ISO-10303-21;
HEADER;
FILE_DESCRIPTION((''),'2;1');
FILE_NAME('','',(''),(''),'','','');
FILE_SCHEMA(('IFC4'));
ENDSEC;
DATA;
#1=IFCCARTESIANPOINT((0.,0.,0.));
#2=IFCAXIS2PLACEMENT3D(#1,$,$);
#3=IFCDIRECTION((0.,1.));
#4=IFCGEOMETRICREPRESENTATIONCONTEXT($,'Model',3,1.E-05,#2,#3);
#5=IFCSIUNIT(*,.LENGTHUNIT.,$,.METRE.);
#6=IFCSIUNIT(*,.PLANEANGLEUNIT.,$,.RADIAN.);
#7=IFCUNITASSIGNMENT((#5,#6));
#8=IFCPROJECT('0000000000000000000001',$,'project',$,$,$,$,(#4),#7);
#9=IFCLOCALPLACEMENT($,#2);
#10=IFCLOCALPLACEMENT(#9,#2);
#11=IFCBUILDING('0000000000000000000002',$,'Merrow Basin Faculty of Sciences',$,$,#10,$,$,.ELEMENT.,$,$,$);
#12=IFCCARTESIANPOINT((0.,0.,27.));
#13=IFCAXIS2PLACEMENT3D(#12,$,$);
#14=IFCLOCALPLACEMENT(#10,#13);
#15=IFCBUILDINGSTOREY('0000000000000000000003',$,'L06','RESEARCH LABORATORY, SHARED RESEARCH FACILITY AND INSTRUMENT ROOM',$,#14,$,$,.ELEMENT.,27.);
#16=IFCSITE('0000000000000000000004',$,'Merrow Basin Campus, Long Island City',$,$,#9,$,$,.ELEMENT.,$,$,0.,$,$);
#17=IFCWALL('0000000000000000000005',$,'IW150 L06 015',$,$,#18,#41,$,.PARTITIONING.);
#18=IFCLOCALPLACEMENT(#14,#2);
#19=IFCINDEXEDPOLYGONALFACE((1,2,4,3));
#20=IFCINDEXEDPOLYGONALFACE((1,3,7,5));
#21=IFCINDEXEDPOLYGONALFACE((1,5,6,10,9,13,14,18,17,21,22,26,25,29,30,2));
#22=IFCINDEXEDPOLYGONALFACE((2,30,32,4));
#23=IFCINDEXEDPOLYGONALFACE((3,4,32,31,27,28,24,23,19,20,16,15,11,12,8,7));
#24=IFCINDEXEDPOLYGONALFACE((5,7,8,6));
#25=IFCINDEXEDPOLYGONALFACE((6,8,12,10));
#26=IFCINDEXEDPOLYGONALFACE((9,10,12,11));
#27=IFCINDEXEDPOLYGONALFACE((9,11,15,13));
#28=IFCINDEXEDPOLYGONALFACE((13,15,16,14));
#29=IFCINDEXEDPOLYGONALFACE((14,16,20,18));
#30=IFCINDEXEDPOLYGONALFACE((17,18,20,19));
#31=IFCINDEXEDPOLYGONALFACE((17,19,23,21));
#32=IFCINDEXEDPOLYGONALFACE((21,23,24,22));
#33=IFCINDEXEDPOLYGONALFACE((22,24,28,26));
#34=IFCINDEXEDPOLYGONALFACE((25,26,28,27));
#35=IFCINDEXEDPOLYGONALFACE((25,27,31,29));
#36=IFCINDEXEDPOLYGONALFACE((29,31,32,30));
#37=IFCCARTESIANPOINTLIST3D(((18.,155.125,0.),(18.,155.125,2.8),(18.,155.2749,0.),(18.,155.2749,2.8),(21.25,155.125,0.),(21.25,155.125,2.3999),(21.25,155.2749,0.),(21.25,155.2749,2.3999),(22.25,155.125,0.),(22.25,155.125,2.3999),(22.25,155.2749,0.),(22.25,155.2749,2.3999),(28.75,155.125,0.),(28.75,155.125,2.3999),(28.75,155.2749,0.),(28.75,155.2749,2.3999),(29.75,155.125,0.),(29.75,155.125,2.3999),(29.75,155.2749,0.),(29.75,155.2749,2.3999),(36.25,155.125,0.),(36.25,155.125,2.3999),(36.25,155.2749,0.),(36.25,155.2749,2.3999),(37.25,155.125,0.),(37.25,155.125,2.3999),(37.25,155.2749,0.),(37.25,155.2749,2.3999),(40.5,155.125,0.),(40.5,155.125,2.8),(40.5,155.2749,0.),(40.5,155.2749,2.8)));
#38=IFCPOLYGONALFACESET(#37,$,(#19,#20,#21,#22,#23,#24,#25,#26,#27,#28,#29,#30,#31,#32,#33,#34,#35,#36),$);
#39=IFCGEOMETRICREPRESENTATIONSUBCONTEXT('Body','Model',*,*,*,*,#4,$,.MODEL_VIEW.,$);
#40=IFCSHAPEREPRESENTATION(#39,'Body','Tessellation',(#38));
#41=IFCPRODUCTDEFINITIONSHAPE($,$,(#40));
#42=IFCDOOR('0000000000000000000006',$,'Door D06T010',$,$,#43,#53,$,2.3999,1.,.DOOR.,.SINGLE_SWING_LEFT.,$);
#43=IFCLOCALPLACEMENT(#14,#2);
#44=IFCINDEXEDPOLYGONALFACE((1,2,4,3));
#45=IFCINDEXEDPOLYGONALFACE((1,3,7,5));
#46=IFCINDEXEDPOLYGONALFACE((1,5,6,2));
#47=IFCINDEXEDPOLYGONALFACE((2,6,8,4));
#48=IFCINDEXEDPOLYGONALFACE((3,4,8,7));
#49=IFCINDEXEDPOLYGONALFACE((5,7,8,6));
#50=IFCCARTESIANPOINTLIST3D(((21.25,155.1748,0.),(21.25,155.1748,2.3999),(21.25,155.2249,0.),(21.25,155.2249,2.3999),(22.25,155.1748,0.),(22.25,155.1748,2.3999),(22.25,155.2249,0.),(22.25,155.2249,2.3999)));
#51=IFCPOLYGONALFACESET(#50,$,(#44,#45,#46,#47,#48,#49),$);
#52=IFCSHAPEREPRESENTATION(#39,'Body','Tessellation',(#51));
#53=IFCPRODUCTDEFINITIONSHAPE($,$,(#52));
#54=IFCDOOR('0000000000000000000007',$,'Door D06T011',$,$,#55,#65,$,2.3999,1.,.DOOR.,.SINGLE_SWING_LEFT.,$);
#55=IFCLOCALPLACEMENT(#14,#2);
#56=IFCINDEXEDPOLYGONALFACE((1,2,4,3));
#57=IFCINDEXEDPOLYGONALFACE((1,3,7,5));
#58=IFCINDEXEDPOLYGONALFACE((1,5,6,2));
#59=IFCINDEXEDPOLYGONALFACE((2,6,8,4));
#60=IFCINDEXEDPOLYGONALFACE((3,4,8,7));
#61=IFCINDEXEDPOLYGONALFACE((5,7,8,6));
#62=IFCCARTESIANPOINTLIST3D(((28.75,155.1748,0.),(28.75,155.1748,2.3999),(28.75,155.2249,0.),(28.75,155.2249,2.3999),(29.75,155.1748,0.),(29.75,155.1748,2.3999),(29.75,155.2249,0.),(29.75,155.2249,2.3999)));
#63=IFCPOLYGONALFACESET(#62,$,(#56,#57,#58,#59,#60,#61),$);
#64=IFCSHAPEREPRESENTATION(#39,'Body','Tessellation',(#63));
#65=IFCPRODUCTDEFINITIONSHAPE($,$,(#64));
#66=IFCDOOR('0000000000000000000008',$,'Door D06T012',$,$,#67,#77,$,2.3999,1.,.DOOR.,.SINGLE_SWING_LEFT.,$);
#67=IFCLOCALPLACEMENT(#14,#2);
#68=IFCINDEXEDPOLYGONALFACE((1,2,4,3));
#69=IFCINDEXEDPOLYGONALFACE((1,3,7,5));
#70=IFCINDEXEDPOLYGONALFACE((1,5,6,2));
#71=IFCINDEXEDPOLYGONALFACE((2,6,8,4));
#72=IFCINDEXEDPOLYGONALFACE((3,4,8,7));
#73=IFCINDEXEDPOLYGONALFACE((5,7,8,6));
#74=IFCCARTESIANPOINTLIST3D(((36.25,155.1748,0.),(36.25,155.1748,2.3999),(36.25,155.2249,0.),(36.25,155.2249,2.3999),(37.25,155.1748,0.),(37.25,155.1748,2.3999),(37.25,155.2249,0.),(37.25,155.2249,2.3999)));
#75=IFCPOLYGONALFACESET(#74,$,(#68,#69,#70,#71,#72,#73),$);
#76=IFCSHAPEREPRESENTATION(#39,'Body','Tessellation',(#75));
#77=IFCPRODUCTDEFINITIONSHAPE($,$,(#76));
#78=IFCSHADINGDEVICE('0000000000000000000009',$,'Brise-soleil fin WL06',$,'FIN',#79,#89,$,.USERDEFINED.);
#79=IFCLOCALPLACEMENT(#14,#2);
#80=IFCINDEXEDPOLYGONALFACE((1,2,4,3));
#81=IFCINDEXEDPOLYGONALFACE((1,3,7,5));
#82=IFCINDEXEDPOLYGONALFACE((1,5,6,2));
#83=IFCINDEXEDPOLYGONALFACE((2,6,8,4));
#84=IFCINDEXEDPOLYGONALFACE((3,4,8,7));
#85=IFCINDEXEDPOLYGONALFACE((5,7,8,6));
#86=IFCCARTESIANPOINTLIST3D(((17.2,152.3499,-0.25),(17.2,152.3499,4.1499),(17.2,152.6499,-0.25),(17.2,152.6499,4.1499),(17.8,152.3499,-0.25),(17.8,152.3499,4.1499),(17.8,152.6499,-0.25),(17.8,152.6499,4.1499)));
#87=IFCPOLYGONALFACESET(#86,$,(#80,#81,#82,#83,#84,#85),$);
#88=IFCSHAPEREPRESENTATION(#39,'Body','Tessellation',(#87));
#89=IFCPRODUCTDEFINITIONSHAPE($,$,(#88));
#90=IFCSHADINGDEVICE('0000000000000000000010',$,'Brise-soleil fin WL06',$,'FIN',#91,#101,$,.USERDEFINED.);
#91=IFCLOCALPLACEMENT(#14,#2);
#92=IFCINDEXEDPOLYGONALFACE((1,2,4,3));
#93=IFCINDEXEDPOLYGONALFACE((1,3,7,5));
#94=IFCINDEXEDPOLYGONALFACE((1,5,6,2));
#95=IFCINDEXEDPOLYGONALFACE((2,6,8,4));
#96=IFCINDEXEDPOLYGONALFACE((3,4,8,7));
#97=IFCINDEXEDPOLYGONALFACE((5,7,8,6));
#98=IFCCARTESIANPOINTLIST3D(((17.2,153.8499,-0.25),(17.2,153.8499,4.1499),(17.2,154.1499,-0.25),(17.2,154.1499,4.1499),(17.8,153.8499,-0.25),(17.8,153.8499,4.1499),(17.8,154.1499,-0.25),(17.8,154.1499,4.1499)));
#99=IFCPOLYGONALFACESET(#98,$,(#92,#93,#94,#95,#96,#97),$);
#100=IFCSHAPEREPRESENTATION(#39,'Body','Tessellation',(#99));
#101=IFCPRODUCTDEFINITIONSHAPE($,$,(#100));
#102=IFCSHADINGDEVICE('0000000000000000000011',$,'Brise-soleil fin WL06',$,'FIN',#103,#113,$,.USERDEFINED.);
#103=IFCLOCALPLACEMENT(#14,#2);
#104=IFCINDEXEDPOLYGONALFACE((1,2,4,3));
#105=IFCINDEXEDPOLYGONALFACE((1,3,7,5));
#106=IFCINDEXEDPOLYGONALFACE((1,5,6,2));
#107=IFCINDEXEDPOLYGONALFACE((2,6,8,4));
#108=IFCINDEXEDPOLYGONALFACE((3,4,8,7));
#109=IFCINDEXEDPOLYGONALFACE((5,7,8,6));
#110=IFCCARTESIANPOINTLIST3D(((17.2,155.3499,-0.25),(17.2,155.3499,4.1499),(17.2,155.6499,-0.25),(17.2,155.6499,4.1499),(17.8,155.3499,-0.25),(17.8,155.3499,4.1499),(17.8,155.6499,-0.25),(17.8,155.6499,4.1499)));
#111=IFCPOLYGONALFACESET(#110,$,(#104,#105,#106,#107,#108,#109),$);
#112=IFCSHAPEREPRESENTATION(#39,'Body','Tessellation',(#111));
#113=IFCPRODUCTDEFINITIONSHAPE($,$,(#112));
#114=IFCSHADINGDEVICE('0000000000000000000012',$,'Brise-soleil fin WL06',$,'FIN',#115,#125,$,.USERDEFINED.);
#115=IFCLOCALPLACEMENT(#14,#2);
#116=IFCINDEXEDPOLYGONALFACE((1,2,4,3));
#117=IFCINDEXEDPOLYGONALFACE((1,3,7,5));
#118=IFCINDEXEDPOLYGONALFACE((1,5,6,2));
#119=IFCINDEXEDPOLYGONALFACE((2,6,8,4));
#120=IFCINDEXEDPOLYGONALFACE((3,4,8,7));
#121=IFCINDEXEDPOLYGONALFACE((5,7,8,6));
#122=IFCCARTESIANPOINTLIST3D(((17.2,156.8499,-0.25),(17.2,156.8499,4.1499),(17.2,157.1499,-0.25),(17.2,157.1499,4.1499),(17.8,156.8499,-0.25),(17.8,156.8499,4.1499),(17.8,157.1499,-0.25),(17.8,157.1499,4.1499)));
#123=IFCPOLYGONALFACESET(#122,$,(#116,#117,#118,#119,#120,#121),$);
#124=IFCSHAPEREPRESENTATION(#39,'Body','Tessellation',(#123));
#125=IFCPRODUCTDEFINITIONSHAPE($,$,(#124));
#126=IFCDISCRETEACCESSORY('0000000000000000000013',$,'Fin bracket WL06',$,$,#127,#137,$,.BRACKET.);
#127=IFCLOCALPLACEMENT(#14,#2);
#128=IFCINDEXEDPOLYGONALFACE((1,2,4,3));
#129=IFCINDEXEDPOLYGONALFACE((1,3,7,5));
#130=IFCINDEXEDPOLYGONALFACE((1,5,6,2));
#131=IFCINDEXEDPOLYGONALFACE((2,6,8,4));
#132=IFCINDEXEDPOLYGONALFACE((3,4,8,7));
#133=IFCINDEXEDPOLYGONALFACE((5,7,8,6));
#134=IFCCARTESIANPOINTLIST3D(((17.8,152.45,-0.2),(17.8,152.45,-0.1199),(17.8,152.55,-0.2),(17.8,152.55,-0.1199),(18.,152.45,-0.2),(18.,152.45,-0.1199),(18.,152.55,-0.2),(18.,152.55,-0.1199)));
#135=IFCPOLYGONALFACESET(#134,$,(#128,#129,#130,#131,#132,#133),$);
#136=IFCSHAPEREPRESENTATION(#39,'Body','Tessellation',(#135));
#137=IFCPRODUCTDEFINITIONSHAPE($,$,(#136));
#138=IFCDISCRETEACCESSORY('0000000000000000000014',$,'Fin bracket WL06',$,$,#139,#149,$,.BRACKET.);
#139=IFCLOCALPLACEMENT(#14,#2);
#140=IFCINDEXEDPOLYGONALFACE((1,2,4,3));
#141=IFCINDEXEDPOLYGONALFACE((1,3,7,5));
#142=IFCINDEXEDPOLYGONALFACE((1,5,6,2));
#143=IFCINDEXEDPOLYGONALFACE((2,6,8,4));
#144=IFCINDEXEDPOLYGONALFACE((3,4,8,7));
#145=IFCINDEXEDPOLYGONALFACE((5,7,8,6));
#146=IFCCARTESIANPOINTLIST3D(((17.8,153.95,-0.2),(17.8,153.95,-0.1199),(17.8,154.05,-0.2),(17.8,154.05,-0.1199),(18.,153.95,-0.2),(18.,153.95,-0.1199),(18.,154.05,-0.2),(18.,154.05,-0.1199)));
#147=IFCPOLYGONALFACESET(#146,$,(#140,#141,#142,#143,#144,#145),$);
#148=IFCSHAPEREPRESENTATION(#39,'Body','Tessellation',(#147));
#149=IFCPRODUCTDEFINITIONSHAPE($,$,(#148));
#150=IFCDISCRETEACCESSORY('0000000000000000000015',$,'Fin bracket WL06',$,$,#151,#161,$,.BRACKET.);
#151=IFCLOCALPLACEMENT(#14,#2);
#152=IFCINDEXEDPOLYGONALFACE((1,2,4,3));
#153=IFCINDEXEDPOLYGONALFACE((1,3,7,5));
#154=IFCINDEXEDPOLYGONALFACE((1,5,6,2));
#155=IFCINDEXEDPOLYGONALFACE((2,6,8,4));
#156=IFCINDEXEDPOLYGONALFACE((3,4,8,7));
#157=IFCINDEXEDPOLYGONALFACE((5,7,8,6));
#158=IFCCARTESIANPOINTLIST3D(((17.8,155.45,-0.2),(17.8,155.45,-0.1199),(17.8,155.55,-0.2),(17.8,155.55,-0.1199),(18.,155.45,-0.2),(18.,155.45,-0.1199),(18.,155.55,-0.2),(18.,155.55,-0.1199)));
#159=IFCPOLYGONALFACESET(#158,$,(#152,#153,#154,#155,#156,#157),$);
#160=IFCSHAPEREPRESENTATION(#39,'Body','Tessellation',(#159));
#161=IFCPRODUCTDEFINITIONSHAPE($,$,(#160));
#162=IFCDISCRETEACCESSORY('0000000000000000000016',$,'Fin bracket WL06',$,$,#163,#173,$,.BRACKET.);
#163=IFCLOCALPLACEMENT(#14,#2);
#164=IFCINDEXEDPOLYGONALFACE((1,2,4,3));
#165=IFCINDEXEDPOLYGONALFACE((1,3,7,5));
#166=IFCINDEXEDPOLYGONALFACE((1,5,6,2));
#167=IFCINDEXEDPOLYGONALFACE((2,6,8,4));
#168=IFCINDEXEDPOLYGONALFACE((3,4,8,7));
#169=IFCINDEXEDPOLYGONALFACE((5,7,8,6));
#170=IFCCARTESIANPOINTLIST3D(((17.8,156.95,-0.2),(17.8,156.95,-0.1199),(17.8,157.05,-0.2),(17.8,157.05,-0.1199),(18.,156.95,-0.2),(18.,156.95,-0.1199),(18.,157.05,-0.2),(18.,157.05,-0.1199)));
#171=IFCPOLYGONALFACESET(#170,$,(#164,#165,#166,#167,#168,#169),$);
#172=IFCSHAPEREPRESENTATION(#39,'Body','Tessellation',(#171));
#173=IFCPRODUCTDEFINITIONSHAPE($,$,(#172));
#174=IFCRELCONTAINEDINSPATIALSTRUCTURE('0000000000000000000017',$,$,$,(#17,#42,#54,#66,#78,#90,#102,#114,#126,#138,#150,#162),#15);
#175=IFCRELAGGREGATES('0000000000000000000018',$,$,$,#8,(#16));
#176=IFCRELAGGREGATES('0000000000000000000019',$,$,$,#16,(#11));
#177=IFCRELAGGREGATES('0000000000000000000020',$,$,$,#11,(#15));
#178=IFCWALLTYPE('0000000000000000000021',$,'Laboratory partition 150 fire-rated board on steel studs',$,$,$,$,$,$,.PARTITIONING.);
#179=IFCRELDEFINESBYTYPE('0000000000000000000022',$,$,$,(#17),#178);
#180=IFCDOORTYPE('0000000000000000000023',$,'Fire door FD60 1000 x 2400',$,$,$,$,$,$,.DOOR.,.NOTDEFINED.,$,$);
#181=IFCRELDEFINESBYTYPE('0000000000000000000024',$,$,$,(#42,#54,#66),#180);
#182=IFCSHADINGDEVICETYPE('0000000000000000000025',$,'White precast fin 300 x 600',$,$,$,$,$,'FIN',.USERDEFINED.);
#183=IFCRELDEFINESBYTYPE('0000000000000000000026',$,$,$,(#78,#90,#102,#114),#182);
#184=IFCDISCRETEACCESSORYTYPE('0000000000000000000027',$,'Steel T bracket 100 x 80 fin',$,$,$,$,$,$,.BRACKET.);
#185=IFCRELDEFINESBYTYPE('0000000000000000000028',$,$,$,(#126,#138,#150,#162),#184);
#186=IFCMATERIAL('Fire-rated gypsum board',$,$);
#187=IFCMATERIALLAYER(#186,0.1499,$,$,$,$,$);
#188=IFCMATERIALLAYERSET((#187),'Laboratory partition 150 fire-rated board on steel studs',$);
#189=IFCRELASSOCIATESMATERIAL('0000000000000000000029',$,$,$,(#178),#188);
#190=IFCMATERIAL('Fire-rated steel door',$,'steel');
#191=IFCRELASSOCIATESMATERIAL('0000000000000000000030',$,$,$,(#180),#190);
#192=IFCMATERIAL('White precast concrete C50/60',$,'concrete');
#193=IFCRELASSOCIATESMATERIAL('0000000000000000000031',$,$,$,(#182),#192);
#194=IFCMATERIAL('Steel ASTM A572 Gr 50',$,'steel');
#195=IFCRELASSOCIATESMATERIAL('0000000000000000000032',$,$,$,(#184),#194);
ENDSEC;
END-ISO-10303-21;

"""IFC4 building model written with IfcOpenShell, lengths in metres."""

from ifc_helpers import new_model, si_unit, direction, frame, frame_2d, origin, place, context, subcontext, project, spatial, polyline, rectangle, outline, extrude, source, transform, mapped, material, layer, layer_set, type_object, element, fill, save


model = new_model("IFC4")

# Units and contexts
model_context = context("Model", 3, precision=1e-05, world=origin(), true_north=direction((0.0, 1.0)))
body_context = subcontext(model_context, "Body", "Model", "MODEL_VIEW")
ifc_project = project(units=[si_unit("LENGTHUNIT", "METRE"), si_unit("PLANEANGLEUNIT", "RADIAN")], contexts=[model_context])

# Site, building, storey
site_placement = place(None, origin())
site = spatial("IfcSite", under=ifc_project, at=site_placement, Name="Merrow Basin Campus, Long Island City", CompositionType="ELEMENT", RefElevation=0.0)
building_placement = place(site_placement, origin())
building = spatial("IfcBuilding", under=site, at=building_placement, Name="Merrow Basin Faculty of Sciences", CompositionType="ELEMENT")
storey_placement = place(building_placement, frame((0.0, 0.0, 27.0)))
storey = spatial("IfcBuildingStorey", under=building, at=storey_placement, Name="L06", Description="RESEARCH LABORATORY, SHARED RESEARCH FACILITY AND INSTRUMENT ROOM", CompositionType="ELEMENT", Elevation=27.0)

# Wall, openings, doors
ifc_material_1 = material(Name="Fire-rated gypsum board")
ifc_layer_1 = layer(ifc_material_1, 0.1499)
ifc_layer_set_1 = layer_set([ifc_layer_1], Name="Laboratory partition 150 fire-rated board on steel studs")
wall_type = type_object("IfcWallType", Name="Laboratory partition 150 fire-rated board on steel studs", PredefinedType="PARTITIONING", material=ifc_layer_set_1)
wall_placement = place(storey_placement, frame((18.0, 155.2, 0.0), z_axis=(0.0, 0.0, 1.0), x_axis=(1.0, 0.0, 0.0)))
wall = element("IfcWall", 1, at=wall_placement, inside=storey, type_object=wall_type, Name="IW150 L06 015", PredefinedType="PARTITIONING", context=body_context, shape_type="SweptSolid", body=[
    extrude(rectangle(XDim=22.5, YDim=0.1499, at=frame_2d((11.25, 0.0))), origin(), (0.0, 0.0, 1.0), 2.8),
])
opening_1_placement = place(wall_placement, frame((3.25, 0.0, 0.0)))
opening_1 = element("IfcOpeningElement", 2, at=opening_1_placement, cuts=wall, PredefinedType="OPENING", context=body_context, shape_type="SweptSolid", body=[
    extrude(rectangle(XDim=1.0, YDim=2.3999, at=frame_2d((0.5, 1.2))), frame((0.0, 0.085, 0.0), z_axis=(0.0, -1.0, 0.0), x_axis=(1.0, 0.0, 0.0)), (0.0, 0.0, 1.0), 0.1699),
])
opening_2_placement = place(wall_placement, frame((10.75, 0.0, 0.0)))
opening_2 = element("IfcOpeningElement", 3, at=opening_2_placement, cuts=wall, PredefinedType="OPENING", context=body_context, shape_type="SweptSolid", body=[
    extrude(rectangle(XDim=1.0, YDim=2.3999, at=frame_2d((0.5, 1.2))), frame((0.0, 0.085, 0.0), z_axis=(0.0, -1.0, 0.0), x_axis=(1.0, 0.0, 0.0)), (0.0, 0.0, 1.0), 0.1699),
])
opening_3_placement = place(wall_placement, frame((18.25, 0.0, 0.0)))
opening_3 = element("IfcOpeningElement", 4, at=opening_3_placement, cuts=wall, PredefinedType="OPENING", context=body_context, shape_type="SweptSolid", body=[
    extrude(rectangle(XDim=1.0, YDim=2.3999, at=frame_2d((0.5, 1.2))), frame((0.0, 0.085, 0.0), z_axis=(0.0, -1.0, 0.0), x_axis=(1.0, 0.0, 0.0)), (0.0, 0.0, 1.0), 0.1699),
])
ifc_material_2 = material(Name="Fire-rated steel door", Category="steel")
door_type = type_object("IfcDoorType", Name="Fire door FD60 1000 x 2400", OperationType="NOTDEFINED", PredefinedType="DOOR", material=ifc_material_2)
door_1_placement = place(opening_1_placement, origin())
door_1 = element("IfcDoor", 5, at=door_1_placement, inside=storey, type_object=door_type, Name="Door D06T010", OperationType="SINGLE_SWING_LEFT", OverallHeight=2.3999, OverallWidth=1.0, PredefinedType="DOOR", context=body_context, shape_type="SweptSolid", body=[
    extrude(rectangle(XDim=1.0, YDim=2.3999, at=frame_2d((0.5, 1.2))), frame((0.0, 0.0249, 0.0), z_axis=(0.0, -1.0, 0.0), x_axis=(1.0, 0.0, 0.0)), (0.0, 0.0, 1.0), 0.05),
])
fill(opening_1, door_1)
door_2_placement = place(opening_2_placement, origin())
door_2 = element("IfcDoor", 6, at=door_2_placement, inside=storey, type_object=door_type, Name="Door D06T011", OperationType="SINGLE_SWING_LEFT", OverallHeight=2.3999, OverallWidth=1.0, PredefinedType="DOOR", context=body_context, shape_type="SweptSolid", body=[
    extrude(rectangle(XDim=1.0, YDim=2.3999, at=frame_2d((0.5, 1.2))), frame((0.0, 0.0249, 0.0), z_axis=(0.0, -1.0, 0.0), x_axis=(1.0, 0.0, 0.0)), (0.0, 0.0, 1.0), 0.05),
])
fill(opening_2, door_2)
door_3_placement = place(opening_3_placement, origin())
door_3 = element("IfcDoor", 7, at=door_3_placement, inside=storey, type_object=door_type, Name="Door D06T012", OperationType="SINGLE_SWING_LEFT", OverallHeight=2.3999, OverallWidth=1.0, PredefinedType="DOOR", context=body_context, shape_type="SweptSolid", body=[
    extrude(rectangle(XDim=1.0, YDim=2.3999, at=frame_2d((0.5, 1.2))), frame((0.0, 0.0249, 0.0), z_axis=(0.0, -1.0, 0.0), x_axis=(1.0, 0.0, 0.0)), (0.0, 0.0, 1.0), 0.05),
])
fill(opening_3, door_3)

# Shading devices
ifc_material_3 = material(Name="White precast concrete C50/60", Category="concrete")
shading_device_type = type_object("IfcShadingDeviceType", Name="White precast fin 300 x 600", ElementType="FIN", PredefinedType="USERDEFINED", material=ifc_material_3)
shared_shape_1 = source(origin(), body_context, "Body", "SweptSolid", [
    extrude(outline(polyline([(0.0, 0.0), (0.3, 0.0), (0.3, 4.3999), (0.0, 4.3999), (0.0, 0.0)])), origin(), (0.0, 0.0, 1.0), 0.6001),
])
for number, where, z_axis, x_axis, name in (
    (8, (17.8, 152.6499, -0.25), (-1.0, 0.0, 0.0), (0.0, -1.0, 0.0), "Brise-soleil fin WL06"),
    (9, (17.8, 154.1499, -0.25), (-1.0, 0.0, 0.0), (0.0, -1.0, 0.0), "Brise-soleil fin WL06"),
    (10, (17.8, 155.6499, -0.25), (-1.0, 0.0, 0.0), (0.0, -1.0, 0.0), "Brise-soleil fin WL06"),
    (11, (17.8, 157.1499, -0.25), (-1.0, 0.0, 0.0), (0.0, -1.0, 0.0), "Brise-soleil fin WL06"),
):
    element("IfcShadingDevice", number, at=place(storey_placement, frame(where, z_axis=z_axis, x_axis=x_axis)), inside=storey, type_object=shading_device_type, Name=name, ObjectType="FIN", PredefinedType="USERDEFINED", context=body_context, shape_type="MappedRepresentation", body=[
        mapped(shared_shape_1, transform((0.0, 0.0, 0.0), scale=1.0)),
    ])

# Discrete accessories
ifc_material_4 = material(Name="Steel ASTM A572 Gr 50", Category="steel")
discrete_accessory_type = type_object("IfcDiscreteAccessoryType", Name="Steel T bracket 100 x 80 fin", PredefinedType="BRACKET", material=ifc_material_4)
shared_shape_2 = source(origin(), body_context, "Body", "SweptSolid", [
    extrude(outline(polyline([(0.0, 0.0), (0.1001, 0.0), (0.1001, 0.0801), (0.0, 0.0801), (0.0, 0.0)])), origin(), (0.0, 0.0, 1.0), 0.2),
])
for number, where, z_axis, x_axis, name in (
    (12, (18.0, 152.55, -0.2), (-1.0, 0.0, 0.0), (0.0, -1.0, 0.0), "Fin bracket WL06"),
    (13, (18.0, 154.05, -0.2), (-1.0, 0.0, 0.0), (0.0, -1.0, 0.0), "Fin bracket WL06"),
    (14, (18.0, 155.55, -0.2), (-1.0, 0.0, 0.0), (0.0, -1.0, 0.0), "Fin bracket WL06"),
    (15, (18.0, 157.05, -0.2), (-1.0, 0.0, 0.0), (0.0, -1.0, 0.0), "Fin bracket WL06"),
):
    element("IfcDiscreteAccessory", number, at=place(storey_placement, frame(where, z_axis=z_axis, x_axis=x_axis)), inside=storey, type_object=discrete_accessory_type, Name=name, PredefinedType="BRACKET", context=body_context, shape_type="MappedRepresentation", body=[
        mapped(shared_shape_2, transform((0.0, 0.0, 0.0), scale=1.0)),
    ])

save(model, "model.ifc")
